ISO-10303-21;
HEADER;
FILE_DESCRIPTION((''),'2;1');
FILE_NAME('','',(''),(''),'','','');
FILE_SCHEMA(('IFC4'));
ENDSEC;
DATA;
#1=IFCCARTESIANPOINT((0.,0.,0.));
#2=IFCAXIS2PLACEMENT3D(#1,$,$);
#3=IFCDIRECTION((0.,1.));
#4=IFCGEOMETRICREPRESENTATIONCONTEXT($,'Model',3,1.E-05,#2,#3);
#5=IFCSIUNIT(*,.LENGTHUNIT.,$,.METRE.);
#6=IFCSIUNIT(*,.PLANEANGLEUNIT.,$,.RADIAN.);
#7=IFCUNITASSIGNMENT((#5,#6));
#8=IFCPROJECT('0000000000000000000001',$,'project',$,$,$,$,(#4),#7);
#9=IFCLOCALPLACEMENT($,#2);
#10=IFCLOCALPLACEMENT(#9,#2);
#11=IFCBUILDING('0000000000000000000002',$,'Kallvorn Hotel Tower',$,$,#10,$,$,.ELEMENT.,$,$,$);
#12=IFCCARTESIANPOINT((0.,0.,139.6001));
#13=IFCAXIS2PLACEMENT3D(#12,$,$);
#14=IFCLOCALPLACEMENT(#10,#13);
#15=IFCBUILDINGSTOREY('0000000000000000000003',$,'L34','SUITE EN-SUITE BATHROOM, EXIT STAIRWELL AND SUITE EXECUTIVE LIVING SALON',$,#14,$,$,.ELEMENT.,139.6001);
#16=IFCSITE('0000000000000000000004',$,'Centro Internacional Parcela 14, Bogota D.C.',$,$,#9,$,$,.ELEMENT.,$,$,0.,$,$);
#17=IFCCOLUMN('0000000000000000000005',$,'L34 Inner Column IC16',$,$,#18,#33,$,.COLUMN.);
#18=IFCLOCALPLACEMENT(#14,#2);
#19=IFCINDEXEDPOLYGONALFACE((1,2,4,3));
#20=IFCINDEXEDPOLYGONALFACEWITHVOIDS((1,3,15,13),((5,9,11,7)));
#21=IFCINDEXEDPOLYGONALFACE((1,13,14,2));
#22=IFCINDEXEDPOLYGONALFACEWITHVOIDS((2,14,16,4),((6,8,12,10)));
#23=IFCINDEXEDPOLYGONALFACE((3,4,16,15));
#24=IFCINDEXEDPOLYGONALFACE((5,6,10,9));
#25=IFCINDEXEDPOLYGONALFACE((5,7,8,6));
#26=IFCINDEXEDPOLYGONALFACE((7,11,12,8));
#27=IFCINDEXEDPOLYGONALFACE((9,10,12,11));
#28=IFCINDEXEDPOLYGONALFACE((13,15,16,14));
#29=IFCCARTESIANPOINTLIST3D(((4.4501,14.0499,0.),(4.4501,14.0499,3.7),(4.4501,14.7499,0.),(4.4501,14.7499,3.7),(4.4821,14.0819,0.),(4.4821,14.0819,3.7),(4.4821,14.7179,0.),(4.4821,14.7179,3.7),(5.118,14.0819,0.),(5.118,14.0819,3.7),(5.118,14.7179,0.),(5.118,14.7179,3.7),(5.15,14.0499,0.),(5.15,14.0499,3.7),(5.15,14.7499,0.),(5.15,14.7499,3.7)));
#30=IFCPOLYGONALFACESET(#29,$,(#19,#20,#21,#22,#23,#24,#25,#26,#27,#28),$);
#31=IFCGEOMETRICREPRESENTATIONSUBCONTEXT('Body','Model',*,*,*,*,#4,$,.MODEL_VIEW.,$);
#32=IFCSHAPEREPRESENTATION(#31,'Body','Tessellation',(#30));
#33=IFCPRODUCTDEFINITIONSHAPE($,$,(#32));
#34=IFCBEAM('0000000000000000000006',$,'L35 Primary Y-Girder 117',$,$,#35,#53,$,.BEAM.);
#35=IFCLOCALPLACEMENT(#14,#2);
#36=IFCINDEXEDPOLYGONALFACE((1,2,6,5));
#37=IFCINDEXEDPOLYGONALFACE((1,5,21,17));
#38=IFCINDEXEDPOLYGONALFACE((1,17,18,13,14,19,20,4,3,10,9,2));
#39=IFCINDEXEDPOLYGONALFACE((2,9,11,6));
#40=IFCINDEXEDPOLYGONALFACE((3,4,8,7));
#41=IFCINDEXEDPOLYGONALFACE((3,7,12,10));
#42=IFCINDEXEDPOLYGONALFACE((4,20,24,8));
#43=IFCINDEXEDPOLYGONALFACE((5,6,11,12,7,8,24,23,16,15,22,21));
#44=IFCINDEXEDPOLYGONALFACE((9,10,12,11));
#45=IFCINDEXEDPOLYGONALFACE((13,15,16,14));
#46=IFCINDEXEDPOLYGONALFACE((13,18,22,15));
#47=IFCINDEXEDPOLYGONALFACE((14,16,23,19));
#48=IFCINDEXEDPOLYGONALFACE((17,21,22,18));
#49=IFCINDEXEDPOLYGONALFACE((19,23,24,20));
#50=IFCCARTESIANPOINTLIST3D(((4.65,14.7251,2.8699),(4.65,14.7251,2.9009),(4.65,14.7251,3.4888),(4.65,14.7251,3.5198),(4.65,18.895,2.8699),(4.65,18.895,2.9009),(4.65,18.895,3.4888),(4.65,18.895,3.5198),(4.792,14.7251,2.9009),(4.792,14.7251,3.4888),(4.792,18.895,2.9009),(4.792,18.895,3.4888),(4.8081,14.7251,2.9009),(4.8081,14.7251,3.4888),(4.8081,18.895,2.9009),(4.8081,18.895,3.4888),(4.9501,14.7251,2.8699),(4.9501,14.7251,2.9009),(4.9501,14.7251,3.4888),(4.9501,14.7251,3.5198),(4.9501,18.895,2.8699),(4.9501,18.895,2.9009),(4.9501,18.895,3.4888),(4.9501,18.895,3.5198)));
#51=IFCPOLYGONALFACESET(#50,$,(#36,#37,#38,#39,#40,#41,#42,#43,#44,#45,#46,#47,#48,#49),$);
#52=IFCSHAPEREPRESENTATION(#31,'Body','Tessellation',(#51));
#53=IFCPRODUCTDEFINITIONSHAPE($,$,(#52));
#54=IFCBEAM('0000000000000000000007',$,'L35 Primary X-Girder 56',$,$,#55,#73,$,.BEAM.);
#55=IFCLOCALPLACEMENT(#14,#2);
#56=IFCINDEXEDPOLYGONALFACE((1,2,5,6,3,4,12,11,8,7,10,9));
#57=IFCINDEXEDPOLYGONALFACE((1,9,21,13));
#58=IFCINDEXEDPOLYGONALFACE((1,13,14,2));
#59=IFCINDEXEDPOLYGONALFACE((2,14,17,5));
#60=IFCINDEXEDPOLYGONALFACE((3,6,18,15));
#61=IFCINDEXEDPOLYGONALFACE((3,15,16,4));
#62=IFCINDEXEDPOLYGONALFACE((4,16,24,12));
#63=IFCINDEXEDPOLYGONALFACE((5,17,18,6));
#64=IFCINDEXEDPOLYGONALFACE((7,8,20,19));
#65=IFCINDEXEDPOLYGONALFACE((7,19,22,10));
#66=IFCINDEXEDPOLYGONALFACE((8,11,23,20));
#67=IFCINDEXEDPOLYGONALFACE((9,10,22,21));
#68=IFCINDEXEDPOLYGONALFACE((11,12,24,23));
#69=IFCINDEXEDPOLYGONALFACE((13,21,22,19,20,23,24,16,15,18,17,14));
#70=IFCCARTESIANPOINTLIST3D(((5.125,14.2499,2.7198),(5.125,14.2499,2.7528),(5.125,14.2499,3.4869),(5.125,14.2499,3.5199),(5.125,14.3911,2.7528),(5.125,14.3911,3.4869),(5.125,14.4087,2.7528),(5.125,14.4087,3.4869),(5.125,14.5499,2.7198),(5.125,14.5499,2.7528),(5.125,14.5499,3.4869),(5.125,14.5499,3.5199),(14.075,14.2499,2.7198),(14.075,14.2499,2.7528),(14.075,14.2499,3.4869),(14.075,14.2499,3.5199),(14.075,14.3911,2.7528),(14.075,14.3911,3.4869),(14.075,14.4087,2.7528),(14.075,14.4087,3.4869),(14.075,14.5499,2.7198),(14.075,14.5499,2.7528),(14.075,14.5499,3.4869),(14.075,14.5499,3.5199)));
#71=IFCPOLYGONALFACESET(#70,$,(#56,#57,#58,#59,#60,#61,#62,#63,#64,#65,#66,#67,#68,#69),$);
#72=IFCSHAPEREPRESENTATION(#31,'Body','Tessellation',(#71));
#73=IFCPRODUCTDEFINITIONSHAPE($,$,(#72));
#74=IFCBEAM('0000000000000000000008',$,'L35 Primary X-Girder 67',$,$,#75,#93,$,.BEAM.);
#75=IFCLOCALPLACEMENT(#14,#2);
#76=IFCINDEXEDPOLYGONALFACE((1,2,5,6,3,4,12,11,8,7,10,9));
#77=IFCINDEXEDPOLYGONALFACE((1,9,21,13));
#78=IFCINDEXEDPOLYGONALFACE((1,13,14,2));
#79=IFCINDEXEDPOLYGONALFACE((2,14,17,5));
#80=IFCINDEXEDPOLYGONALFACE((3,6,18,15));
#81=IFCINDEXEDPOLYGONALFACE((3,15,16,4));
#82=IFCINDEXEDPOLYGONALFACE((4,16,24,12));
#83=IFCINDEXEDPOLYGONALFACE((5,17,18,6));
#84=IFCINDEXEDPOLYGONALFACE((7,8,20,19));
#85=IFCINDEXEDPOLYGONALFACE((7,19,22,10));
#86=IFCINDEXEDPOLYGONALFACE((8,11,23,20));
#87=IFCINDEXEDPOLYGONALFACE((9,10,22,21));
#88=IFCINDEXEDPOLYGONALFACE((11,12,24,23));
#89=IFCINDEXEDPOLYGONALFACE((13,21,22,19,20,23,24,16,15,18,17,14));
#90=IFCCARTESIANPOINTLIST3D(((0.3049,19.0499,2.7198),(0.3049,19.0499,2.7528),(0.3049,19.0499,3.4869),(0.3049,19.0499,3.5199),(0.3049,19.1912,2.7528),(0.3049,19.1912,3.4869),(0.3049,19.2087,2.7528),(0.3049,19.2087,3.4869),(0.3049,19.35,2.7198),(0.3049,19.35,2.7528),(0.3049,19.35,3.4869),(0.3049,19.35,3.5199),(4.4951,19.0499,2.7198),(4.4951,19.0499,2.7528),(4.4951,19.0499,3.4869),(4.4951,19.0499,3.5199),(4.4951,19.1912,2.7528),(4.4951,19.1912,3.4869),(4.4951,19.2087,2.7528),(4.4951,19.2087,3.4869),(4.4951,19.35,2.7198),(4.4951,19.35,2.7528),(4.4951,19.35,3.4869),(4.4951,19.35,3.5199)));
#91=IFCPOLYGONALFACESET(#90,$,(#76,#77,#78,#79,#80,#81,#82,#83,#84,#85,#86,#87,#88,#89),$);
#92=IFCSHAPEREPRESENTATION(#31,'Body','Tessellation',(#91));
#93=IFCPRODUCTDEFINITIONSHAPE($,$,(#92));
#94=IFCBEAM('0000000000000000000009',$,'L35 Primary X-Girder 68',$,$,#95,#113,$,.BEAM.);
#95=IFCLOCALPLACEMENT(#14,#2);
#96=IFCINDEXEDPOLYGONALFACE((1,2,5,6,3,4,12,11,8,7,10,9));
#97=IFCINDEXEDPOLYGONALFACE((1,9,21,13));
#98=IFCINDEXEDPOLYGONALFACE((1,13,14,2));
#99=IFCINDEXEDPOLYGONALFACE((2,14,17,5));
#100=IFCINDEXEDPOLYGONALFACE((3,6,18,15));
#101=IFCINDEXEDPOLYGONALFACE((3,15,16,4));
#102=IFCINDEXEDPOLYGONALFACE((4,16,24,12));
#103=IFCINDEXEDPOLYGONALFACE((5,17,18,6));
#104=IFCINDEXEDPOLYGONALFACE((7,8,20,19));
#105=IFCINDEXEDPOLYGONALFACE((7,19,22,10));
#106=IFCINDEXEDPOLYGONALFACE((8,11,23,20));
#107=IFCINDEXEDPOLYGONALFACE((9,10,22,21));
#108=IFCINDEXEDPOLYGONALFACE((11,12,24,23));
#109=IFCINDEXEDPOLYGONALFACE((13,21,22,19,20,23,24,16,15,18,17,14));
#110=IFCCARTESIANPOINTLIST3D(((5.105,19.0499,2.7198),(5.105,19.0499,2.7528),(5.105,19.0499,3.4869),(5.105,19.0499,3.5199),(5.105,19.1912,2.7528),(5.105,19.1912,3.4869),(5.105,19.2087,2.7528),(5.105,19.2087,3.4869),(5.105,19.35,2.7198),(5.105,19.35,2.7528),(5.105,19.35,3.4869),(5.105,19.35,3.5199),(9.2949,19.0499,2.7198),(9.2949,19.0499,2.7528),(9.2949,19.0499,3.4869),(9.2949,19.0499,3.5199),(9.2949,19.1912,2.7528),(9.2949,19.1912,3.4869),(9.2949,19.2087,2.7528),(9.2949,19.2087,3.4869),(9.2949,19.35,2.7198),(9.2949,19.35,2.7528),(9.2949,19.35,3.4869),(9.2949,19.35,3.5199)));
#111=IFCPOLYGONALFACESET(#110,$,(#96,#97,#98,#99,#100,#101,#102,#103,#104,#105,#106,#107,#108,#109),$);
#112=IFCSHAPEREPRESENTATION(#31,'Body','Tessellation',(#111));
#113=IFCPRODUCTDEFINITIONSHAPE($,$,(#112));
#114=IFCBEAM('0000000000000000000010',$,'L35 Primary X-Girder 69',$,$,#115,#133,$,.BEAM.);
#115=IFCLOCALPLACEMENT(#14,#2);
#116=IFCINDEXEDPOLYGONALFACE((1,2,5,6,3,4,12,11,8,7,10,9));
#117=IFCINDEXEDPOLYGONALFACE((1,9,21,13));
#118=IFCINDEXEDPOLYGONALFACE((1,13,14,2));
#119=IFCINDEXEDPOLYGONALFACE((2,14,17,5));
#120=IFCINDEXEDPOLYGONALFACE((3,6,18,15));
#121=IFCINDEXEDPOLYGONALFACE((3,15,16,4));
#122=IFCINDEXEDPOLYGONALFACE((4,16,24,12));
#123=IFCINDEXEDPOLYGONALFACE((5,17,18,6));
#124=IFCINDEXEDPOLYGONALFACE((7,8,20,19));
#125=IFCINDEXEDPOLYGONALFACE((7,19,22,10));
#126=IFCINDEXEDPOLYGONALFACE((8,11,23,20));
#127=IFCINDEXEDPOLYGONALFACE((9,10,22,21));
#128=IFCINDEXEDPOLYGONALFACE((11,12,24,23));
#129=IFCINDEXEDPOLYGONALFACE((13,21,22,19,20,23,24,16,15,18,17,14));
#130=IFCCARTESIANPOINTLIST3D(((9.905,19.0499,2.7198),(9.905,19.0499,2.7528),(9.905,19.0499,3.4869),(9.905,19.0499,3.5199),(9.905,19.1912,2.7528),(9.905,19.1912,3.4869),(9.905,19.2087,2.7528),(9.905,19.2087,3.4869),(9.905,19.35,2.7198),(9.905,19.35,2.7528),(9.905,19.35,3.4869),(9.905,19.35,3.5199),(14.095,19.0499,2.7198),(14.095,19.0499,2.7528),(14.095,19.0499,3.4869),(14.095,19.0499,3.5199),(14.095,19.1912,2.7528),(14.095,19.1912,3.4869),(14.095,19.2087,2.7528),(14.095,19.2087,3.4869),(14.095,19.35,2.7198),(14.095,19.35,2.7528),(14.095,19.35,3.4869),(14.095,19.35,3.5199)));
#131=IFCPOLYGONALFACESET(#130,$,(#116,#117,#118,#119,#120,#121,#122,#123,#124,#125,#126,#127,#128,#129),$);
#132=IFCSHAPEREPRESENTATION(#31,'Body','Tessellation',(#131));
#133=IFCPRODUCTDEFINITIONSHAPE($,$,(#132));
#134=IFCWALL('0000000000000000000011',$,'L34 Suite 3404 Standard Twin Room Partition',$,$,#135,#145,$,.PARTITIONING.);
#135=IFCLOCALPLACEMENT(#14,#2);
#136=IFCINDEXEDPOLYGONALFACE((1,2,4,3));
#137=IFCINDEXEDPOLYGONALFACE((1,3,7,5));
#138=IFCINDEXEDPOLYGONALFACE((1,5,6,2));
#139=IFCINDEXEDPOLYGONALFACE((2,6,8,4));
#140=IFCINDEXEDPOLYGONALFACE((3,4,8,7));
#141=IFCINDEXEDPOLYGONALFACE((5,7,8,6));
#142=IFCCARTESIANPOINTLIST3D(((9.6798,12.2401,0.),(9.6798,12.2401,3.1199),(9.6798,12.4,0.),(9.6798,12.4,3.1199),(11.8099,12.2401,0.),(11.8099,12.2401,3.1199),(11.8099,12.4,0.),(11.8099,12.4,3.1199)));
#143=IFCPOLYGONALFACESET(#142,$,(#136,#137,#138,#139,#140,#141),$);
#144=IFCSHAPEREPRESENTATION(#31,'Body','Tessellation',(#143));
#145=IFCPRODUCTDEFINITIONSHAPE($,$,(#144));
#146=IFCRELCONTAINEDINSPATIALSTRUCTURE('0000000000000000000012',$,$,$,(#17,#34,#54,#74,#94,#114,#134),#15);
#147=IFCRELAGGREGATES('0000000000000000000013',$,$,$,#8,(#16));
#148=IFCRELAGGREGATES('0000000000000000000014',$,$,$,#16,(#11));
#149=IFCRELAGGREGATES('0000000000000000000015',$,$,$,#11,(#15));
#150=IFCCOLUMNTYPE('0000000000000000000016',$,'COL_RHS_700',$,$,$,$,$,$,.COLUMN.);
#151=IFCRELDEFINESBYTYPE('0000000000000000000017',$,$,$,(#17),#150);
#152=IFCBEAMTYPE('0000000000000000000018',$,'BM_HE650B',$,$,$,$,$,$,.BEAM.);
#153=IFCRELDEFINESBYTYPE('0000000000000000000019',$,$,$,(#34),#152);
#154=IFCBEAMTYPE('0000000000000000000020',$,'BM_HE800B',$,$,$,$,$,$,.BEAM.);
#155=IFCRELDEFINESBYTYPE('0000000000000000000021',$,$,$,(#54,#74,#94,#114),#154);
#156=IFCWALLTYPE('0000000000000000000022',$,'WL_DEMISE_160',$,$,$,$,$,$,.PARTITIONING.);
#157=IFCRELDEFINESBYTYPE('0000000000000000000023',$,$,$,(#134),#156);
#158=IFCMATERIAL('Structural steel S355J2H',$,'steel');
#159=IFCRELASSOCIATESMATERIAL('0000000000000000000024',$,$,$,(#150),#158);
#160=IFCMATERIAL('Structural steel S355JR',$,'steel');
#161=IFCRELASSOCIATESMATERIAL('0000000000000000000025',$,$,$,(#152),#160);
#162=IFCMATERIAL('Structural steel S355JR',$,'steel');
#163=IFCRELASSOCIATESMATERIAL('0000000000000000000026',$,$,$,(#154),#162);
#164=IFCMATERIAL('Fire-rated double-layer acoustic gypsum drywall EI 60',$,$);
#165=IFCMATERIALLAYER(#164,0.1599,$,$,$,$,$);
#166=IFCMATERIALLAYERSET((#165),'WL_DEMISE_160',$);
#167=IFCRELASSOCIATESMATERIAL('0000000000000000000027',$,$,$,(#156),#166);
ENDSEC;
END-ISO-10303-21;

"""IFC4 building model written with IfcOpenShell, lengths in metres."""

from ifc_helpers import new_model, si_unit, direction, frame, frame_2d, origin, origin_2d, place, context, subcontext, project, spatial, rectangle, hollow_rectangle, i_section, extrude, material, layer, layer_set, material_profile, profile_set, type_object, element, save


model = new_model("IFC4")

# Units and contexts
model_context = context("Model", 3, precision=1e-05, world=origin(), true_north=direction((0.0, 1.0)))
body_context = subcontext(model_context, "Body", "Model", "MODEL_VIEW")
ifc_project = project(units=[si_unit("LENGTHUNIT", "METRE"), si_unit("PLANEANGLEUNIT", "RADIAN")], contexts=[model_context])

# Site, building, storey
site_placement = place(None, origin())
site = spatial("IfcSite", under=ifc_project, at=site_placement, Name="Centro Internacional Parcela 14, Bogota D.C.", CompositionType="ELEMENT", RefElevation=0.0)
building_placement = place(site_placement, origin())
building = spatial("IfcBuilding", under=site, at=building_placement, Name="Kallvorn Hotel Tower", CompositionType="ELEMENT")
storey_placement = place(building_placement, frame((0.0, 0.0, 139.6001)))
storey = spatial("IfcBuildingStorey", under=building, at=storey_placement, Name="L34", Description="SUITE EN-SUITE BATHROOM, EXIT STAIRWELL AND SUITE EXECUTIVE LIVING SALON", CompositionType="ELEMENT", Elevation=139.6001)

# Column
ifc_material_1 = material(Name="Structural steel S355J2H", Category="steel")
ifc_material_profile_1 = material_profile(ifc_material_1, hollow_rectangle(XDim=0.7, YDim=0.7, WallThickness=0.032, at=origin_2d()), Name="RHS 700x700x32")
ifc_profile_set_1 = profile_set([ifc_material_profile_1], Name="Structural steel S355J2H")
column_type_1 = type_object("IfcColumnType", Name="COL_RHS_700", PredefinedType="COLUMN", material=ifc_profile_set_1)
column_placement = place(storey_placement, frame((4.8, 14.3999, 0.0), z_axis=(0.0, 0.0, 1.0), x_axis=(1.0, 0.0, 0.0)))
element("IfcColumn", 1, at=column_placement, inside=storey, type_object=column_type_1, Name="L34 Inner Column IC16", PredefinedType="COLUMN", context=body_context, shape_type="SweptSolid", body=[
    extrude(hollow_rectangle(XDim=0.7, YDim=0.7, WallThickness=0.032, at=origin_2d()), origin(), (0.0, 0.0, 1.0), 3.7),
])

# Beams
ifc_material_2 = material(Name="Structural steel S355JR", Category="steel")
ifc_material_profile_2 = material_profile(ifc_material_2, i_section(OverallWidth=0.3, OverallDepth=0.6499, WebThickness=0.0161, FlangeThickness=0.031, at=origin_2d()), Name="HE 650 B")
ifc_profile_set_2 = profile_set([ifc_material_profile_2], Name="Structural steel S355JR")
beam_type_1 = type_object("IfcBeamType", Name="BM_HE650B", PredefinedType="BEAM", material=ifc_profile_set_2)
beam_1_placement = place(storey_placement, frame((4.8, 14.7251, 3.1948), z_axis=(0.0, 1.0, 0.0), x_axis=(-1.0, 0.0, 0.0)))
element("IfcBeam", 2, at=beam_1_placement, inside=storey, type_object=beam_type_1, Name="L35 Primary Y-Girder 117", PredefinedType="BEAM", context=body_context, shape_type="SweptSolid", body=[
    extrude(i_section(OverallWidth=0.3, OverallDepth=0.6499, WebThickness=0.0161, FlangeThickness=0.031, at=origin_2d()), origin(), (0.0, 0.0, 1.0), 4.1699),
])
ifc_material_3 = material(Name="Structural steel S355JR", Category="steel")
ifc_material_profile_3 = material_profile(ifc_material_3, i_section(OverallWidth=0.3, OverallDepth=0.8, WebThickness=0.0176, FlangeThickness=0.033, at=origin_2d()), Name="HE 800 B")
ifc_profile_set_3 = profile_set([ifc_material_profile_3], Name="Structural steel S355JR")
beam_type_2 = type_object("IfcBeamType", Name="BM_HE800B", PredefinedType="BEAM", material=ifc_profile_set_3)
beam_2_placement = place(storey_placement, frame((5.125, 14.3999, 3.1199), z_axis=(1.0, 0.0, 0.0), x_axis=(0.0, 1.0, 0.0)))
element("IfcBeam", 3, at=beam_2_placement, inside=storey, type_object=beam_type_2, Name="L35 Primary X-Girder 56", PredefinedType="BEAM", context=body_context, shape_type="SweptSolid", body=[
    extrude(i_section(OverallWidth=0.3, OverallDepth=0.8, WebThickness=0.0176, FlangeThickness=0.033, at=origin_2d()), origin(), (0.0, 0.0, 1.0), 8.95),
])
beam_3_placement = place(storey_placement, frame((0.3049, 19.2, 3.1199), z_axis=(1.0, 0.0, 0.0), x_axis=(0.0, 1.0, 0.0)))
element("IfcBeam", 4, at=beam_3_placement, inside=storey, type_object=beam_type_2, Name="L35 Primary X-Girder 67", PredefinedType="BEAM", context=body_context, shape_type="SweptSolid", body=[
    extrude(i_section(OverallWidth=0.3, OverallDepth=0.8, WebThickness=0.0176, FlangeThickness=0.033, at=origin_2d()), origin(), (0.0, 0.0, 1.0), 4.1902),
])
for number, where, z_axis, x_axis, name in (
    (5, (5.105, 19.2, 3.1199), (1.0, 0.0, 0.0), (0.0, 1.0, 0.0), "L35 Primary X-Girder 68"),
    (6, (9.905, 19.2, 3.1199), (1.0, 0.0, 0.0), (0.0, 1.0, 0.0), "L35 Primary X-Girder 69"),
):
    element("IfcBeam", number, at=place(storey_placement, frame(where, z_axis=z_axis, x_axis=x_axis)), inside=storey, type_object=beam_type_2, Name=name, PredefinedType="BEAM", context=body_context, shape_type="SweptSolid", body=[
        extrude(i_section(OverallWidth=0.3, OverallDepth=0.8, WebThickness=0.0176, FlangeThickness=0.033, at=origin_2d()), origin(), (0.0, 0.0, 1.0), 4.1899),
    ])

# Wall
ifc_material_4 = material(Name="Fire-rated double-layer acoustic gypsum drywall EI 60")
ifc_layer_1 = layer(ifc_material_4, 0.1599)
ifc_layer_set_1 = layer_set([ifc_layer_1], Name="WL_DEMISE_160")
wall_type_1 = type_object("IfcWallType", Name="WL_DEMISE_160", PredefinedType="PARTITIONING", material=ifc_layer_set_1)
wall_1_placement = place(storey_placement, frame((9.6799, 12.3201, 0.0), z_axis=(0.0, 0.0, 1.0), x_axis=(1.0, 0.0, 0.0)))
element("IfcWall", 7, at=wall_1_placement, inside=storey, type_object=wall_type_1, Name="L34 Suite 3404 Standard Twin Room Partition", PredefinedType="PARTITIONING", context=body_context, shape_type="SweptSolid", body=[
    extrude(rectangle(XDim=2.1301, YDim=0.1599, at=frame_2d((1.0649, 0.0))), origin(), (0.0, 0.0, 1.0), 3.1199),
])

save(model, "model.ifc")
